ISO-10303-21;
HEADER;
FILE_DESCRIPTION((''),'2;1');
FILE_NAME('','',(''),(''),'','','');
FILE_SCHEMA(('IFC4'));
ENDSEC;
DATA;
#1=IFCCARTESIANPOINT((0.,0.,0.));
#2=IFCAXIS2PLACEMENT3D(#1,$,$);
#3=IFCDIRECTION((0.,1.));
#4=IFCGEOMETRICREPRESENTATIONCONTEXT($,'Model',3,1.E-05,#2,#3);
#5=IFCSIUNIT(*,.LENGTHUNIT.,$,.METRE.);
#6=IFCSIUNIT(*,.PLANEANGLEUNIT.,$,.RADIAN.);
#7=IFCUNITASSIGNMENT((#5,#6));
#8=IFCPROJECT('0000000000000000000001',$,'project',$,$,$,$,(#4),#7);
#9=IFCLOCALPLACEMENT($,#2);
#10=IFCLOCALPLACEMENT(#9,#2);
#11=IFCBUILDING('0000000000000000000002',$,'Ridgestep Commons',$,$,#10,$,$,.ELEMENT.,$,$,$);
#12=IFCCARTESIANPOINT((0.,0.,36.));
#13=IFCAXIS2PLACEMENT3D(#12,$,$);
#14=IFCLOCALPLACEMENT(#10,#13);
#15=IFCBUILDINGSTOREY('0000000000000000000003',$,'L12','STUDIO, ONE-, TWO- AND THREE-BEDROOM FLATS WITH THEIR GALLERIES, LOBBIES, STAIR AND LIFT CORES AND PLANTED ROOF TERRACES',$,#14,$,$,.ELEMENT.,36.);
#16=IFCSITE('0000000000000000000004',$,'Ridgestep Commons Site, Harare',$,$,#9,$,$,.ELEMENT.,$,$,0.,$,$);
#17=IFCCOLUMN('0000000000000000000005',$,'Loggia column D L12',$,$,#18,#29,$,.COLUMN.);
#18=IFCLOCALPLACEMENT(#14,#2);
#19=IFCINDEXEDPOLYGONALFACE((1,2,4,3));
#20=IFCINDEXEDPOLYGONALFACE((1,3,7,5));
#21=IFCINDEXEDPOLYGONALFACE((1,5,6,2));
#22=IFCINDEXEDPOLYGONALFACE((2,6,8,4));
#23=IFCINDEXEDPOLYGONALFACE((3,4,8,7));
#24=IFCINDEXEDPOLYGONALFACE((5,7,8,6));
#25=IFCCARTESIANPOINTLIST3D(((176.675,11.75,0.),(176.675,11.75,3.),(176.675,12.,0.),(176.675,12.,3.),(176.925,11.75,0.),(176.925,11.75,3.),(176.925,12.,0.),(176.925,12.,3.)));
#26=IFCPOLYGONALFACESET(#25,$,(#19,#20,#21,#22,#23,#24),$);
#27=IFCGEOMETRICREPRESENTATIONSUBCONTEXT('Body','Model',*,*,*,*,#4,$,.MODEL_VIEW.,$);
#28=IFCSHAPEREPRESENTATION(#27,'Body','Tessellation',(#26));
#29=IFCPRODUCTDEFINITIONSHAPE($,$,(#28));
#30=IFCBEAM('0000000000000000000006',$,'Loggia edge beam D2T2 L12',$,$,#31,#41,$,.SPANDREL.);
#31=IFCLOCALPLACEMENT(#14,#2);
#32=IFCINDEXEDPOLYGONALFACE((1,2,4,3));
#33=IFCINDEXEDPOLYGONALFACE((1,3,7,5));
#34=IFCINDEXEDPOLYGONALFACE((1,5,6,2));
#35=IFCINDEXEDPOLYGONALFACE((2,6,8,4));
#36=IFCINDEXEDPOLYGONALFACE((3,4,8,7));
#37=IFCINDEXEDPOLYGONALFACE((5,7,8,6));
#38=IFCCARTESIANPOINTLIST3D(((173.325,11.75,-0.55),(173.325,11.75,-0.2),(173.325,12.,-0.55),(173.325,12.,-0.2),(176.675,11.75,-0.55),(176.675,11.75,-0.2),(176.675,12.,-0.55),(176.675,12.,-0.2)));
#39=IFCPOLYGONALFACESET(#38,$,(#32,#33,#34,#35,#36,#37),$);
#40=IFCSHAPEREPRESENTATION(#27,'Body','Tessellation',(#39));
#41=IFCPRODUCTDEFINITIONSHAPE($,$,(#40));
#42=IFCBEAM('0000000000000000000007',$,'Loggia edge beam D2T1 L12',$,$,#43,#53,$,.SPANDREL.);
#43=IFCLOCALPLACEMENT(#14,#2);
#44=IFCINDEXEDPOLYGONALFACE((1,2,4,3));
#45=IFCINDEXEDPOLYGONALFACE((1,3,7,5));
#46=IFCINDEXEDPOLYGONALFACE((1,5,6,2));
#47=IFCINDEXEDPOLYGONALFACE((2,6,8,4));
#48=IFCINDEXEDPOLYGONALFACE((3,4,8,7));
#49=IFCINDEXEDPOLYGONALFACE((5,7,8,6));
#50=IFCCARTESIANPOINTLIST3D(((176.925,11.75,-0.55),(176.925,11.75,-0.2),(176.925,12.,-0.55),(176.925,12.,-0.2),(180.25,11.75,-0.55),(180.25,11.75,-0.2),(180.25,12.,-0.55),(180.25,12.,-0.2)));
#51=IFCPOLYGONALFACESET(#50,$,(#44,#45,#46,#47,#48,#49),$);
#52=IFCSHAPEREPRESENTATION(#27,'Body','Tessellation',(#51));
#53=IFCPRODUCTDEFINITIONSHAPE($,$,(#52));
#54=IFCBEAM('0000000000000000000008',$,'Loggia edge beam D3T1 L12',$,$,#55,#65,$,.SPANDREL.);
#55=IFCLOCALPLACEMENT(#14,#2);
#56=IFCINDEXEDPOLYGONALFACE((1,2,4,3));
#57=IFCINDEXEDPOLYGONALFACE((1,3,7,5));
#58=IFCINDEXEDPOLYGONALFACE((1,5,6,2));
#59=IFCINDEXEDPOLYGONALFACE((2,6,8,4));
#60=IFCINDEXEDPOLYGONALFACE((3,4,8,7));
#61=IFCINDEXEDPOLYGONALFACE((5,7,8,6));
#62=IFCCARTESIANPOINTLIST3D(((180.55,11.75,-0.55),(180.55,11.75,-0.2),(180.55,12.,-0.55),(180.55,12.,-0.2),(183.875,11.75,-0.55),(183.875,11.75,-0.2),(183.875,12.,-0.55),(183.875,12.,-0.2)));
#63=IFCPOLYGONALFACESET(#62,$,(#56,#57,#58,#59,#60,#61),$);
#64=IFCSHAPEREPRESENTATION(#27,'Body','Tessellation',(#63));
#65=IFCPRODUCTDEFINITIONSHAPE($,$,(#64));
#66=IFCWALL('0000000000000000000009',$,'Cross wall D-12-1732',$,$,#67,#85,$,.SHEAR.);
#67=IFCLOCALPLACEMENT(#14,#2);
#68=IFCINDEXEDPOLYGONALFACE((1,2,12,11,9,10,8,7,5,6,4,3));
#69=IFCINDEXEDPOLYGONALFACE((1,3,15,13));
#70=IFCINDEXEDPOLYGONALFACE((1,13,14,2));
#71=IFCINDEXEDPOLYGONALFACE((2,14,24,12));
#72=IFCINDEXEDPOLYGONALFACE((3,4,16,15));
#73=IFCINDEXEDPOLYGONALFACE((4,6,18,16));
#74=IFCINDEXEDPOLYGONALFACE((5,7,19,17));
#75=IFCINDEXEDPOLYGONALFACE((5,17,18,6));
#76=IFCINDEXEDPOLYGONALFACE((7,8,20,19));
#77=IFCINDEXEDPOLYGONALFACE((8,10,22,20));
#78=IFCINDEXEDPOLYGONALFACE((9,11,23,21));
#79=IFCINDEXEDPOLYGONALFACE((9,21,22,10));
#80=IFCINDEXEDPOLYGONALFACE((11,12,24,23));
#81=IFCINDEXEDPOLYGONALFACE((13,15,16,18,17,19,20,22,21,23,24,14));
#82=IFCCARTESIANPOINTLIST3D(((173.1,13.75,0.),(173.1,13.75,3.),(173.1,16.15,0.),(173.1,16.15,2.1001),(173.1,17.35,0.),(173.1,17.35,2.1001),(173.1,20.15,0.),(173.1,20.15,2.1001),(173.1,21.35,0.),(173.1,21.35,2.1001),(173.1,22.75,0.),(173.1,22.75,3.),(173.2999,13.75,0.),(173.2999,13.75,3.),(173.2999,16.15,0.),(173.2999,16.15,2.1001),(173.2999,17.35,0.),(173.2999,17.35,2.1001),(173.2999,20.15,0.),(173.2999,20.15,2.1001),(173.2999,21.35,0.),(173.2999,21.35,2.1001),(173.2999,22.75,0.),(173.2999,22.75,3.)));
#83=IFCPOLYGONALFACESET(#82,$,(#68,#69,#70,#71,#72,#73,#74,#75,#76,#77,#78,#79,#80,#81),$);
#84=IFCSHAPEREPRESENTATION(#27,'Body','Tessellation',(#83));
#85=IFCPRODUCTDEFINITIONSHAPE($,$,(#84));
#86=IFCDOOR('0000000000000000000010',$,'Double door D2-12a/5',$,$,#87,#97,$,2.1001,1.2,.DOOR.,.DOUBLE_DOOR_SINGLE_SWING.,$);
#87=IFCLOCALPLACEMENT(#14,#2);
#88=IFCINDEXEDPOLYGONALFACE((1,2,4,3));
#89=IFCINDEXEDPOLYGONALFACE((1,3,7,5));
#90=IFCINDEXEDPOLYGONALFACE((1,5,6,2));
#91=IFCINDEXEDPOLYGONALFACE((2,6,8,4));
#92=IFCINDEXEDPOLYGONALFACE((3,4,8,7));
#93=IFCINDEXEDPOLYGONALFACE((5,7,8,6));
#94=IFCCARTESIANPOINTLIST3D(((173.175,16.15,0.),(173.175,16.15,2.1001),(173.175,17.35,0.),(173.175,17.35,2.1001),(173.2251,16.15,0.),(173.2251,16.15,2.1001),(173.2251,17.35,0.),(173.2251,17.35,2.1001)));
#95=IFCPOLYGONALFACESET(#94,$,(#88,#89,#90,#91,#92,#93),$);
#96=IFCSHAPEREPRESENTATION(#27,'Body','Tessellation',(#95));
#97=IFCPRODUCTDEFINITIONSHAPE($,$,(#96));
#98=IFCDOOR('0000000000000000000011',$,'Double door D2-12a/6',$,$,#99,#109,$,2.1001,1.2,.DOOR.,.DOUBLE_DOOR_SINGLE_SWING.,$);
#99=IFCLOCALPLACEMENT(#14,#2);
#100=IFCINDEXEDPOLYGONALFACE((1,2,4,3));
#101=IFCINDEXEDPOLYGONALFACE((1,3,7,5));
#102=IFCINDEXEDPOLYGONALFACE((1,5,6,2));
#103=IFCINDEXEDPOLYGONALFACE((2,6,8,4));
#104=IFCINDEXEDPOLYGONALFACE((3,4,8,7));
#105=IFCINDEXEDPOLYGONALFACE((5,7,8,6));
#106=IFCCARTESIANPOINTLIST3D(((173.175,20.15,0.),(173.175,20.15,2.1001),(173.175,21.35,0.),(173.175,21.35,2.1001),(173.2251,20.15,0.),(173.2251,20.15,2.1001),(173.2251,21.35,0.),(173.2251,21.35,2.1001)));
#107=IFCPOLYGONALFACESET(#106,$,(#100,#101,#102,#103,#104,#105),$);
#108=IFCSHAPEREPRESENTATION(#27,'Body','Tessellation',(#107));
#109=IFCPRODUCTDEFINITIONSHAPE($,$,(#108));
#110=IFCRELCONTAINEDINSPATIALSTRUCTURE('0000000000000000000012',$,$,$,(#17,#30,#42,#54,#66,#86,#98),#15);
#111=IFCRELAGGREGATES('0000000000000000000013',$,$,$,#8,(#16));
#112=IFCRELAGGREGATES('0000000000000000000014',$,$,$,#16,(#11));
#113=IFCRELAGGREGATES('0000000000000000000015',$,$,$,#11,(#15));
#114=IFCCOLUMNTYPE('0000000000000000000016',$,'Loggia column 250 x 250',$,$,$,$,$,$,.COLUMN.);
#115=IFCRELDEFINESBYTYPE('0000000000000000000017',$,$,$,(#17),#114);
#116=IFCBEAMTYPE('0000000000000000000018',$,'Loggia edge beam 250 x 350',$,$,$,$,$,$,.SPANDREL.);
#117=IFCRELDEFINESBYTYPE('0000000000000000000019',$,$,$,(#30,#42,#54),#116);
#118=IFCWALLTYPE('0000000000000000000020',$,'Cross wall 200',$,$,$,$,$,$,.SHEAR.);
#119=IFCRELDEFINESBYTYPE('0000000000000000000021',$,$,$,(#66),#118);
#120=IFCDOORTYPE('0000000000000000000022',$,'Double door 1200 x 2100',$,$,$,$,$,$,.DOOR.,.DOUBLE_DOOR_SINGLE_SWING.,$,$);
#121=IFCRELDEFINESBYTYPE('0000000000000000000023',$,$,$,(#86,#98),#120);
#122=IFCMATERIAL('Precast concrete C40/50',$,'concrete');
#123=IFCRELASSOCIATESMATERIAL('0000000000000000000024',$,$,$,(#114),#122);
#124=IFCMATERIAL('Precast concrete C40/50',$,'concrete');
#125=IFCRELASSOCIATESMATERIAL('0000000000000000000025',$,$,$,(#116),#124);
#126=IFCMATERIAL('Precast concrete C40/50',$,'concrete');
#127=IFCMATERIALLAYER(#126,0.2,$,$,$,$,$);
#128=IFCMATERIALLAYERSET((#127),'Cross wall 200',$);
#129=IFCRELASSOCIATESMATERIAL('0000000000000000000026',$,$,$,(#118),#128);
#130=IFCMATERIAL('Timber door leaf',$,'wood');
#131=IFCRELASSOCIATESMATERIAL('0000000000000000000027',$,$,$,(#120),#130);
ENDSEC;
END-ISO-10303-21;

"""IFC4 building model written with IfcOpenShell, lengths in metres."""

from ifc_helpers import new_model, si_unit, direction, frame, frame_2d, origin, origin_2d, place, context, subcontext, project, spatial, rectangle, extrude, material, layer, layer_set, material_profile, profile_set, type_object, element, fill, save


model = new_model("IFC4")

# Units and contexts
model_context = context("Model", 3, precision=1e-05, world=origin(), true_north=direction((0.0, 1.0)))
body_context = subcontext(model_context, "Body", "Model", "MODEL_VIEW")
ifc_project = project(units=[si_unit("LENGTHUNIT", "METRE"), si_unit("PLANEANGLEUNIT", "RADIAN")], contexts=[model_context])

# Site, building, storey
site_placement = place(None, origin())
site = spatial("IfcSite", under=ifc_project, at=site_placement, Name="Ridgestep Commons Site, Harare", CompositionType="ELEMENT", RefElevation=0.0)
building_placement = place(site_placement, origin())
building = spatial("IfcBuilding", under=site, at=building_placement, Name="Ridgestep Commons", CompositionType="ELEMENT")
storey_placement = place(building_placement, frame((0.0, 0.0, 36.0)))
storey = spatial("IfcBuildingStorey", under=building, at=storey_placement, Name="L12", Description="STUDIO, ONE-, TWO- AND THREE-BEDROOM FLATS WITH THEIR GALLERIES, LOBBIES, STAIR AND LIFT CORES AND PLANTED ROOF TERRACES", CompositionType="ELEMENT", Elevation=36.0)

# Column
ifc_material_1 = material(Name="Precast concrete C40/50", Category="concrete")
ifc_material_profile_1 = material_profile(ifc_material_1, rectangle(XDim=0.25, YDim=0.25, at=origin_2d()), Name="PC 250x250")
ifc_profile_set_1 = profile_set([ifc_material_profile_1], Name="Precast concrete C40/50")
column_type = type_object("IfcColumnType", Name="Loggia column 250 x 250", PredefinedType="COLUMN", material=ifc_profile_set_1)
column_placement = place(storey_placement, frame((176.8, 11.875, 0.0), z_axis=(0.0, 0.0, 1.0), x_axis=(1.0, 0.0, 0.0)))
element("IfcColumn", 1, at=column_placement, inside=storey, type_object=column_type, Name="Loggia column D L12", PredefinedType="COLUMN", context=body_context, shape_type="SweptSolid", body=[
    extrude(rectangle(XDim=0.25, YDim=0.25, at=origin_2d()), origin(), (0.0, 0.0, 1.0), 3.0),
])

# Beams
ifc_material_2 = material(Name="Precast concrete C40/50", Category="concrete")
ifc_material_profile_2 = material_profile(ifc_material_2, rectangle(XDim=0.25, YDim=0.3501, at=origin_2d()), Name="PC 250x350")
ifc_profile_set_2 = profile_set([ifc_material_profile_2], Name="Precast concrete C40/50")
beam_type = type_object("IfcBeamType", Name="Loggia edge beam 250 x 350", PredefinedType="SPANDREL", material=ifc_profile_set_2)
beam_placement = place(storey_placement, frame((173.325, 11.875, -0.375), z_axis=(1.0, 0.0, 0.0), x_axis=(0.0, 1.0, 0.0)))
element("IfcBeam", 2, at=beam_placement, inside=storey, type_object=beam_type, Name="Loggia edge beam D2T2 L12", PredefinedType="SPANDREL", context=body_context, shape_type="SweptSolid", body=[
    extrude(rectangle(XDim=0.25, YDim=0.3501, at=origin_2d()), origin(), (0.0, 0.0, 1.0), 3.3501),
])
for number, where, z_axis, x_axis, name in (
    (3, (176.925, 11.875, -0.375), (1.0, 0.0, 0.0), (0.0, 1.0, 0.0), "Loggia edge beam D2T1 L12"),
    (4, (180.55, 11.875, -0.375), (1.0, 0.0, 0.0), (0.0, 1.0, 0.0), "Loggia edge beam D3T1 L12"),
):
    element("IfcBeam", number, at=place(storey_placement, frame(where, z_axis=z_axis, x_axis=x_axis)), inside=storey, type_object=beam_type, Name=name, PredefinedType="SPANDREL", context=body_context, shape_type="SweptSolid", body=[
        extrude(rectangle(XDim=0.25, YDim=0.3501, at=origin_2d()), origin(), (0.0, 0.0, 1.0), 3.325),
    ])

# Wall, openings, doors
ifc_material_3 = material(Name="Precast concrete C40/50", Category="concrete")
ifc_layer_1 = layer(ifc_material_3, 0.2)
ifc_layer_set_1 = layer_set([ifc_layer_1], Name="Cross wall 200")
wall_type_1 = type_object("IfcWallType", Name="Cross wall 200", PredefinedType="SHEAR", material=ifc_layer_set_1)
wall_1_placement = place(storey_placement, frame((173.2, 13.75, 0.0), z_axis=(0.0, 0.0, 1.0), x_axis=(0.0, 1.0, 0.0)))
wall_1 = element("IfcWall", 5, at=wall_1_placement, inside=storey, type_object=wall_type_1, Name="Cross wall D-12-1732", PredefinedType="SHEAR", context=body_context, shape_type="SweptSolid", body=[
    extrude(rectangle(XDim=9.0, YDim=0.2, at=frame_2d((4.5, 0.0))), origin(), (0.0, 0.0, 1.0), 3.0),
])
opening_1_placement = place(wall_1_placement, frame((2.3999, 0.0, 0.0)))
opening_1 = element("IfcOpeningElement", 6, at=opening_1_placement, cuts=wall_1, PredefinedType="OPENING", context=body_context, shape_type="SweptSolid", body=[
    extrude(rectangle(XDim=1.2, YDim=2.1001, at=frame_2d((0.6001, 1.05))), frame((0.0, 0.1099, 0.0), z_axis=(0.0, -1.0, 0.0), x_axis=(1.0, 0.0, 0.0)), (0.0, 0.0, 1.0), 0.22),
])
opening_2_placement = place(wall_1_placement, frame((6.3999, 0.0, 0.0)))
opening_2 = element("IfcOpeningElement", 7, at=opening_2_placement, cuts=wall_1, PredefinedType="OPENING", context=body_context, shape_type="SweptSolid", body=[
    extrude(rectangle(XDim=1.2, YDim=2.1001, at=frame_2d((0.6001, 1.05))), frame((0.0, 0.1099, 0.0), z_axis=(0.0, -1.0, 0.0), x_axis=(1.0, 0.0, 0.0)), (0.0, 0.0, 1.0), 0.22),
])
ifc_material_4 = material(Name="Timber door leaf", Category="wood")
door_type_1 = type_object("IfcDoorType", Name="Double door 1200 x 2100", OperationType="DOUBLE_DOOR_SINGLE_SWING", PredefinedType="DOOR", material=ifc_material_4)
door_1_placement = place(opening_1_placement, origin())
door_1 = element("IfcDoor", 8, at=door_1_placement, inside=storey, type_object=door_type_1, Name="Double door D2-12a/5", OperationType="DOUBLE_DOOR_SINGLE_SWING", OverallHeight=2.1001, OverallWidth=1.2, PredefinedType="DOOR", context=body_context, shape_type="SweptSolid", body=[
    extrude(rectangle(XDim=1.2, YDim=2.1001, at=frame_2d((0.6001, 1.05))), frame((0.0, 0.0249, 0.0), z_axis=(0.0, -1.0, 0.0), x_axis=(1.0, 0.0, 0.0)), (0.0, 0.0, 1.0), 0.05),
])
fill(opening_1, door_1)
door_2_placement = place(opening_2_placement, origin())
door_2 = element("IfcDoor", 9, at=door_2_placement, inside=storey, type_object=door_type_1, Name="Double door D2-12a/6", OperationType="DOUBLE_DOOR_SINGLE_SWING", OverallHeight=2.1001, OverallWidth=1.2, PredefinedType="DOOR", context=body_context, shape_type="SweptSolid", body=[
    extrude(rectangle(XDim=1.2, YDim=2.1001, at=frame_2d((0.6001, 1.05))), frame((0.0, 0.0249, 0.0), z_axis=(0.0, -1.0, 0.0), x_axis=(1.0, 0.0, 0.0)), (0.0, 0.0, 1.0), 0.05),
])
fill(opening_2, door_2)

save(model, "model.ifc")
